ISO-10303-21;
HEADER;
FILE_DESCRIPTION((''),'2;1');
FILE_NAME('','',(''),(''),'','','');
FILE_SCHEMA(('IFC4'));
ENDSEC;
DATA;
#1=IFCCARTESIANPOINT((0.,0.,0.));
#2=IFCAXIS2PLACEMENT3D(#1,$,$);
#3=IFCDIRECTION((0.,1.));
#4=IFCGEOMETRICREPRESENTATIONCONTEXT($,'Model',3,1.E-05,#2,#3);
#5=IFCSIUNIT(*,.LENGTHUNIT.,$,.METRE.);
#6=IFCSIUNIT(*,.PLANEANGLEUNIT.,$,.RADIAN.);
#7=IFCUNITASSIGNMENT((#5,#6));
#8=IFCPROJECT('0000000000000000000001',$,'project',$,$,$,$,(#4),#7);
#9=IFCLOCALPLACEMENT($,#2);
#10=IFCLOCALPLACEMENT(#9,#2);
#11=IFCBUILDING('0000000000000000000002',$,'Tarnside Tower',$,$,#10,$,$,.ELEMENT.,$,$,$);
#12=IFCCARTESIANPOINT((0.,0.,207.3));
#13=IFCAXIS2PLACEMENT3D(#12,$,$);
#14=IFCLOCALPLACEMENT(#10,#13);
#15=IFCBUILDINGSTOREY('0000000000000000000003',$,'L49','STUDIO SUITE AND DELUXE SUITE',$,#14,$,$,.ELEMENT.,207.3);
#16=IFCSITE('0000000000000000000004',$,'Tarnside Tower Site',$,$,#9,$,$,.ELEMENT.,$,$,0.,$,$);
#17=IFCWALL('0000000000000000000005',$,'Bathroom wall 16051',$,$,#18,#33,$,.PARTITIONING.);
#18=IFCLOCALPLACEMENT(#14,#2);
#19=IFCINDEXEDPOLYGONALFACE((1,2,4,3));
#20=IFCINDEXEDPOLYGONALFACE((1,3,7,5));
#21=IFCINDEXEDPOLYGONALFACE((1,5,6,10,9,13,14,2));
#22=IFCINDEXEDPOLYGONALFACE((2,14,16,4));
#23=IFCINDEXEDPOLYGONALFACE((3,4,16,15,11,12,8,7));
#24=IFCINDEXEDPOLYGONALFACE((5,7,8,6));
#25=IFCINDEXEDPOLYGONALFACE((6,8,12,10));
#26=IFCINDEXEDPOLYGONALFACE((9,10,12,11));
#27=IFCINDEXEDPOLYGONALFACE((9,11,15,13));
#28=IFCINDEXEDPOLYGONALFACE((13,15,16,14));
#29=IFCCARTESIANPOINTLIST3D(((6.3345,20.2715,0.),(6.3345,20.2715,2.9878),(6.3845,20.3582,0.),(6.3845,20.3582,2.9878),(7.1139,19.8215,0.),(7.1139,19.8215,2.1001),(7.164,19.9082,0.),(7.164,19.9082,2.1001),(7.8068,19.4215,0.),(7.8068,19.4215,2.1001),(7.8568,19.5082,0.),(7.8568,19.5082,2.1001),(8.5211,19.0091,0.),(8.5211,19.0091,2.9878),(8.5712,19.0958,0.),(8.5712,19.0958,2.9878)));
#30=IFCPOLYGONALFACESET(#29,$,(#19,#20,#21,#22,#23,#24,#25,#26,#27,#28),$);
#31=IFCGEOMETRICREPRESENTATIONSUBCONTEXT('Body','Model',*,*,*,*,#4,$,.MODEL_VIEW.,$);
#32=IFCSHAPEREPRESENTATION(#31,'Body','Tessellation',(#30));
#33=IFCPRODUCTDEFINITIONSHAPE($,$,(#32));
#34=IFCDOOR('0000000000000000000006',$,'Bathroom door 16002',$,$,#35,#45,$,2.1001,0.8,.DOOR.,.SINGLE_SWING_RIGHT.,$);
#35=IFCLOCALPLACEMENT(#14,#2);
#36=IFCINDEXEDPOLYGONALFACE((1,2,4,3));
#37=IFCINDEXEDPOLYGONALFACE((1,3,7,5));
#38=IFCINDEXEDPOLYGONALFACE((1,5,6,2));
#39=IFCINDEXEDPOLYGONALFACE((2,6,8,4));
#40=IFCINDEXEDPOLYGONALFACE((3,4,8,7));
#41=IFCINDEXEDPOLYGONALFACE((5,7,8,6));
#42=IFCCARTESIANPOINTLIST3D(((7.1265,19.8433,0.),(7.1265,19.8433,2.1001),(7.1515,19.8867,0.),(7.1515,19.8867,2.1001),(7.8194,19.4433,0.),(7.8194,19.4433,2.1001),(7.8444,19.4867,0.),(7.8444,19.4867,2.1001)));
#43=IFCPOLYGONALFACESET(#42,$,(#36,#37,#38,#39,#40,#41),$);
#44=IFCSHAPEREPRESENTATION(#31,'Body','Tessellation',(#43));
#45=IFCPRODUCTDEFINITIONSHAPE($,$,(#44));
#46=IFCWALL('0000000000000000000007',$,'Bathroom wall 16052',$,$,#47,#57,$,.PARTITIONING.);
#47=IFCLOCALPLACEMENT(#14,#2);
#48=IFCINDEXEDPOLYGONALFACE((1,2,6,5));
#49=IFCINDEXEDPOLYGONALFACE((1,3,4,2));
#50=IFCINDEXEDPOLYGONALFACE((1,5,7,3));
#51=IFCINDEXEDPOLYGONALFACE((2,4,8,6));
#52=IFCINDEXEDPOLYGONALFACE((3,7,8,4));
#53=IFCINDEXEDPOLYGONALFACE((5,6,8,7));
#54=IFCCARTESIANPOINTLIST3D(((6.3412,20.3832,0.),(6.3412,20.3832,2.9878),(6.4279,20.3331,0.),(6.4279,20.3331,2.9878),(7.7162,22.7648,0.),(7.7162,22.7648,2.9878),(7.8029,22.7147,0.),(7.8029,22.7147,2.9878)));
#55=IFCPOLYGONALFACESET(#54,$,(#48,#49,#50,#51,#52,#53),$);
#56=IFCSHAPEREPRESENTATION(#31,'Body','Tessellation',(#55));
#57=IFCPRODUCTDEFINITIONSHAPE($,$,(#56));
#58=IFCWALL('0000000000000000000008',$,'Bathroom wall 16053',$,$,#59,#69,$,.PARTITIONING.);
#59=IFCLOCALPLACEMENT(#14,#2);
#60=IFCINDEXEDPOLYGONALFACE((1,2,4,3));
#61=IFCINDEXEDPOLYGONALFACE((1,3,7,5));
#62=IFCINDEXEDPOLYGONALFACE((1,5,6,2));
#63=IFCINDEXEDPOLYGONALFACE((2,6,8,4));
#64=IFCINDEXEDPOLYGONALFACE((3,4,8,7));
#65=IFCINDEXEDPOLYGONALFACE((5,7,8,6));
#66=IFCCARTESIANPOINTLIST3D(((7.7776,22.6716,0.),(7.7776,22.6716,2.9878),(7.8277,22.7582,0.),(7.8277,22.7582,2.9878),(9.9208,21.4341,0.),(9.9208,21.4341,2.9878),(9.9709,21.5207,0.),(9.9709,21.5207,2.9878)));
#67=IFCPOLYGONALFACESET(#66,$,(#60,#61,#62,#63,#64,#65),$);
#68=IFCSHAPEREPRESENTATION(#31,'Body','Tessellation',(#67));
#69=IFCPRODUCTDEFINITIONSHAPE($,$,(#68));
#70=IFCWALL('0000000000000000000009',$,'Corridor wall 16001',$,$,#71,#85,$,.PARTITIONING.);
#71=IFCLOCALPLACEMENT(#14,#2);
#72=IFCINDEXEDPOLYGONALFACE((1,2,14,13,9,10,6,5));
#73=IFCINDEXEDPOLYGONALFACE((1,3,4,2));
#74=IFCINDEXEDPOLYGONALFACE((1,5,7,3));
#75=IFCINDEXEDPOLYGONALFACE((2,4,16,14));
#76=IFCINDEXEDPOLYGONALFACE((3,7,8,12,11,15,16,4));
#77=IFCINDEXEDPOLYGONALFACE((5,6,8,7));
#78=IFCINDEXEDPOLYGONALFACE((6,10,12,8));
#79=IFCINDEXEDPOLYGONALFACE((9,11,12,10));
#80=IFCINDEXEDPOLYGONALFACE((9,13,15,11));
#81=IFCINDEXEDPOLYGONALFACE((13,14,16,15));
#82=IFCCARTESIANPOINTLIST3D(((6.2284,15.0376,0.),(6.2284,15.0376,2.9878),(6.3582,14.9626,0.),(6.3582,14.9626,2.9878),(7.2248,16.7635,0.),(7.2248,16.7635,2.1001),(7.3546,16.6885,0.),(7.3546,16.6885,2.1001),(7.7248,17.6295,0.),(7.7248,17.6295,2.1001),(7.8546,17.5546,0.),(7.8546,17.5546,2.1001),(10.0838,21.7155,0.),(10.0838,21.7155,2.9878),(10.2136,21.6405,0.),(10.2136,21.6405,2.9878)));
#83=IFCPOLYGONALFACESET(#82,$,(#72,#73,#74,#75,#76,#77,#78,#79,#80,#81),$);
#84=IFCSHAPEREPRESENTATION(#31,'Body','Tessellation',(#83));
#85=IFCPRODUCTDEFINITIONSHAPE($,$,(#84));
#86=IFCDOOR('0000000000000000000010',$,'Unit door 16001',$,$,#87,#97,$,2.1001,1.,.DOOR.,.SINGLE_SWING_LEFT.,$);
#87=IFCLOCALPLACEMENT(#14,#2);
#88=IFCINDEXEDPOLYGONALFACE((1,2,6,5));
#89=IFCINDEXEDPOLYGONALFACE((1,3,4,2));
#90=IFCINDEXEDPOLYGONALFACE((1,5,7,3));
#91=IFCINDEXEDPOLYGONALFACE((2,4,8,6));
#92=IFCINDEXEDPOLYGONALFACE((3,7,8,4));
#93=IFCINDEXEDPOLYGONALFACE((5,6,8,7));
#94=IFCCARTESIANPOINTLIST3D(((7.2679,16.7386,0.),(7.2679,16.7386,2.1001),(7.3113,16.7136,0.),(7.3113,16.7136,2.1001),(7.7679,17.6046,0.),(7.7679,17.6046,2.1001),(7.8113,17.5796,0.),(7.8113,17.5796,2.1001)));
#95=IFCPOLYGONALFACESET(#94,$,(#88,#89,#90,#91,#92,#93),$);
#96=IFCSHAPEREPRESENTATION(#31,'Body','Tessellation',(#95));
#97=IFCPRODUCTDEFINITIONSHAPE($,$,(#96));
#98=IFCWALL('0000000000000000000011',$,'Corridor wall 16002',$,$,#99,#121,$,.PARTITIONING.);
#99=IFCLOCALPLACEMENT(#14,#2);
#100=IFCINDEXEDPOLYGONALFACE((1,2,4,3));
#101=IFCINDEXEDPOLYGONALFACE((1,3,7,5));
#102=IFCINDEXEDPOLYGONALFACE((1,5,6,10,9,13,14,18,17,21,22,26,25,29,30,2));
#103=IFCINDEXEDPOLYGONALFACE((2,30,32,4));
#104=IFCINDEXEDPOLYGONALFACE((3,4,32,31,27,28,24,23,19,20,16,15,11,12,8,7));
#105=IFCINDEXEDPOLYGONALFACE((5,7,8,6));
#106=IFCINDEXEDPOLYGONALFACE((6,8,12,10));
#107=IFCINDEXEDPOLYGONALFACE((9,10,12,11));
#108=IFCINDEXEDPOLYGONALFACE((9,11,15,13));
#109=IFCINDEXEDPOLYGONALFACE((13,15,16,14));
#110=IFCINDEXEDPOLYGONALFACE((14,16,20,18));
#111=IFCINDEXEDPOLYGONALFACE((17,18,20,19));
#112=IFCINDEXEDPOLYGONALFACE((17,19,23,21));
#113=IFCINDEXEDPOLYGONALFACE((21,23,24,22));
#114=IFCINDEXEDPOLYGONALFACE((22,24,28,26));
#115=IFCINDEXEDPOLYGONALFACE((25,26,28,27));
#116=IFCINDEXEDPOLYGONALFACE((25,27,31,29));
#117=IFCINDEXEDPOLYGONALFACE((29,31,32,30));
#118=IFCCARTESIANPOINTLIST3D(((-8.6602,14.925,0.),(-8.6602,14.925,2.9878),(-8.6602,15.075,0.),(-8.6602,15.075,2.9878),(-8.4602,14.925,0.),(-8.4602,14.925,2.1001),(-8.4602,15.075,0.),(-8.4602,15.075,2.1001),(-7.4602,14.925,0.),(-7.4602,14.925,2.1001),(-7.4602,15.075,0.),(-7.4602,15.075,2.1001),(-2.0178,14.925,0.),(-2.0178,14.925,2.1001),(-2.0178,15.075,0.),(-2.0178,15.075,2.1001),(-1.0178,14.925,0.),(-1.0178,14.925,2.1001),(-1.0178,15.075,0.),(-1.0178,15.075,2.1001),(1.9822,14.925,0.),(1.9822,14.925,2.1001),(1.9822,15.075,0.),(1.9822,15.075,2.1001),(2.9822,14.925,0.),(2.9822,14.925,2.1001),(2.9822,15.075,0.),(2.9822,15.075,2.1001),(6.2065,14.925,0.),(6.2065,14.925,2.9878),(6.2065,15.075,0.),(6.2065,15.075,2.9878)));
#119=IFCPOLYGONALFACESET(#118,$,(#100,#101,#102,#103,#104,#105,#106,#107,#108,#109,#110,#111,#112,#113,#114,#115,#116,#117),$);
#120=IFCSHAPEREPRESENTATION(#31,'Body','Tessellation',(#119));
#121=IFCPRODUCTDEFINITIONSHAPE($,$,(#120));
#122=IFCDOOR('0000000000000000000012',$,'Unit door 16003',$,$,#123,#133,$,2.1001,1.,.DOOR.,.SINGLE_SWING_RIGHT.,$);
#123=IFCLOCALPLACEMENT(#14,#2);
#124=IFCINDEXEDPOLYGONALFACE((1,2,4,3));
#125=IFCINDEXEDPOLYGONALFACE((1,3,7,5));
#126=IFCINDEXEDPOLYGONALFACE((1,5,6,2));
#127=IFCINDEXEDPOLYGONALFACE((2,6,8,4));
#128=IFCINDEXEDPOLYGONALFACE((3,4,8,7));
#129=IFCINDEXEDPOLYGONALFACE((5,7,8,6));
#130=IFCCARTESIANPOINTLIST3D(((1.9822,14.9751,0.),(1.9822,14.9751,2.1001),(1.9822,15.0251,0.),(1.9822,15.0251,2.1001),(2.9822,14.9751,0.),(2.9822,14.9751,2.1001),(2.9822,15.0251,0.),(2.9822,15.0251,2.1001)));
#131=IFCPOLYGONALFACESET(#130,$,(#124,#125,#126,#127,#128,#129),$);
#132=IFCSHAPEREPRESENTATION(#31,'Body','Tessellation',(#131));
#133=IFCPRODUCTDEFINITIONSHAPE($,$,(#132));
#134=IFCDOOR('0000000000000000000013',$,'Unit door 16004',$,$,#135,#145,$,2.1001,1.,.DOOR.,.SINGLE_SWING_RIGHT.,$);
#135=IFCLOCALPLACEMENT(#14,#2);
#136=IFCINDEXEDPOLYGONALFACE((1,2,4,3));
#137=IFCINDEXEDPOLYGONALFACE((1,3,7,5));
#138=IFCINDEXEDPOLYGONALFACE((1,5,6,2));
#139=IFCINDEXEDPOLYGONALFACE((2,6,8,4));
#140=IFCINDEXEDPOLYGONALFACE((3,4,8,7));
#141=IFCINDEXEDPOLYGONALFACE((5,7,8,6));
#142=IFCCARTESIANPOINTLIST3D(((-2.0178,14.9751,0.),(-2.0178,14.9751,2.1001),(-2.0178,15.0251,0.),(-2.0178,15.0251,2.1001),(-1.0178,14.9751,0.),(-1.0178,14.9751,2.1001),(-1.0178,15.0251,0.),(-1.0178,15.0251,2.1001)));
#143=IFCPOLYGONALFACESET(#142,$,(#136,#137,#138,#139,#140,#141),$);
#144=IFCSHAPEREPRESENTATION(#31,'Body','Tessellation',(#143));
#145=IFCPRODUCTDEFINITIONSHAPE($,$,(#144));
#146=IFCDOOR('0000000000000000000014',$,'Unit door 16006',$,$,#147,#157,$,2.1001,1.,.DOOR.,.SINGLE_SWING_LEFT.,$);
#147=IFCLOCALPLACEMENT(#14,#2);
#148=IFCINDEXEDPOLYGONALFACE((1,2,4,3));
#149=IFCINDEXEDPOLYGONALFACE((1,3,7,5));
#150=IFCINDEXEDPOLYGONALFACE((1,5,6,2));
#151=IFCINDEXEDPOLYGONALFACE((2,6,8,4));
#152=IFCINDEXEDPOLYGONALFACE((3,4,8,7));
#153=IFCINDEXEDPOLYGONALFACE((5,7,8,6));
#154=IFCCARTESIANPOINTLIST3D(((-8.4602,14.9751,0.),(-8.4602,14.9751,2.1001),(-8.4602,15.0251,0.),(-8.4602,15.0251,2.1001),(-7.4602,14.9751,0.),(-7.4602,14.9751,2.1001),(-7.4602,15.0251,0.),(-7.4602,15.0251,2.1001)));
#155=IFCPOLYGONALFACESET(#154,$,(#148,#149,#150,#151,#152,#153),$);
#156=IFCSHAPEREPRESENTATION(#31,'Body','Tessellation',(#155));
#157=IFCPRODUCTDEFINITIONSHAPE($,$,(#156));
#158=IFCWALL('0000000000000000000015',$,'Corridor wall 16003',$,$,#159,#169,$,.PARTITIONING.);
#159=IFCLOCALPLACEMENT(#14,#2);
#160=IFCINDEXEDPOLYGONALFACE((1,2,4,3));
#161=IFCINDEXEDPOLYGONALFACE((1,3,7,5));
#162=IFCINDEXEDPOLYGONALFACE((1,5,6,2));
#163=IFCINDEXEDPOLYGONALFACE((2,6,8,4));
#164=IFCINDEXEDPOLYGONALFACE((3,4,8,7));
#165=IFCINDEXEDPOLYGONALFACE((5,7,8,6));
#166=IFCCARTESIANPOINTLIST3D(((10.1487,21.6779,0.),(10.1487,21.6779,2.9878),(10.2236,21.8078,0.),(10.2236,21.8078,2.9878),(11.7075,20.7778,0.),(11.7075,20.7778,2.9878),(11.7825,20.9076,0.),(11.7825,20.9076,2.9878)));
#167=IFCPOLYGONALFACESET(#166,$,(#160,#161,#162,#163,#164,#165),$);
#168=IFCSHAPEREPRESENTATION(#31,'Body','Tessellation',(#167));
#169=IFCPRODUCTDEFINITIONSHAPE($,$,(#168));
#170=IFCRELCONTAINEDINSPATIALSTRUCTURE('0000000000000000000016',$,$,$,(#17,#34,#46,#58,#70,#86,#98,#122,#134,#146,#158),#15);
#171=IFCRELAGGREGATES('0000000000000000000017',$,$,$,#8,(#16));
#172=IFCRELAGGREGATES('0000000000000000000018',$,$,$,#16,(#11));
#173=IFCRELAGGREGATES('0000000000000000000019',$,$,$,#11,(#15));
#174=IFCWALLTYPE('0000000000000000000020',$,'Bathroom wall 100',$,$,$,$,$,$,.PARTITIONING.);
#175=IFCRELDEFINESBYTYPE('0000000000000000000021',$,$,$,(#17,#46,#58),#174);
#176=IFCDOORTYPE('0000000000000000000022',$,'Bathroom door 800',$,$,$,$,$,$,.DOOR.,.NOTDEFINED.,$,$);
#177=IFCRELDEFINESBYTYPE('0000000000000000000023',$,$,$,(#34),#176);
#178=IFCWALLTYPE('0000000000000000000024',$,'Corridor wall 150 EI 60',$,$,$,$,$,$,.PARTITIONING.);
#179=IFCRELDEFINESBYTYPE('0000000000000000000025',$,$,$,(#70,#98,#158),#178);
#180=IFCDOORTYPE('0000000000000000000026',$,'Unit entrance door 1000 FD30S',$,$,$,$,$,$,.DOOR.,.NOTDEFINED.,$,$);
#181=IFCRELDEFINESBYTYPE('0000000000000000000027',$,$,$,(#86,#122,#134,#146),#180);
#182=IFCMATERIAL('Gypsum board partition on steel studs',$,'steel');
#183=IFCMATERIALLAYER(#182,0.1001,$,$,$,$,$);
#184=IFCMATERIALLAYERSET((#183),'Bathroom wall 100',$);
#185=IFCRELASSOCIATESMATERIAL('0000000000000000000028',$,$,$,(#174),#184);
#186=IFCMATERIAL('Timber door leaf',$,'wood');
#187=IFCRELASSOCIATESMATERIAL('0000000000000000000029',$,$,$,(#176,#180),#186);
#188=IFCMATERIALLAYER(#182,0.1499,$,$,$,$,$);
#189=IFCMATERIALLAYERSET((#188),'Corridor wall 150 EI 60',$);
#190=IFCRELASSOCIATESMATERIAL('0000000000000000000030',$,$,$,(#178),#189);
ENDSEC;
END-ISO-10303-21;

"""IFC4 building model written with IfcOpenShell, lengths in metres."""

from ifc_helpers import new_model, si_unit, direction, frame, frame_2d, origin, place, context, subcontext, project, spatial, rectangle, extrude, material, layer, layer_set, type_object, element, fill, save


model = new_model("IFC4")

# Units and contexts
model_context = context("Model", 3, precision=1e-05, world=origin(), true_north=direction((0.0, 1.0)))
body_context = subcontext(model_context, "Body", "Model", "MODEL_VIEW")
ifc_project = project(units=[si_unit("LENGTHUNIT", "METRE"), si_unit("PLANEANGLEUNIT", "RADIAN")], contexts=[model_context])

# Site, building, storey
site_placement = place(None, origin())
site = spatial("IfcSite", under=ifc_project, at=site_placement, Name="Tarnside Tower Site", CompositionType="ELEMENT", RefElevation=0.0)
building_placement = place(site_placement, origin())
building = spatial("IfcBuilding", under=site, at=building_placement, Name="Tarnside Tower", CompositionType="ELEMENT")
storey_placement = place(building_placement, frame((0.0, 0.0, 207.3)))
storey = spatial("IfcBuildingStorey", under=building, at=storey_placement, Name="L49", Description="STUDIO SUITE AND DELUXE SUITE", CompositionType="ELEMENT", Elevation=207.3)

# Wall, opening, door
ifc_material_1 = material(Name="Gypsum board partition on steel studs", Category="steel")
ifc_layer_1 = layer(ifc_material_1, 0.1001)
ifc_layer_set_1 = layer_set([ifc_layer_1], Name="Bathroom wall 100")
wall_type_1 = type_object("IfcWallType", Name="Bathroom wall 100", PredefinedType="PARTITIONING", material=ifc_layer_set_1)
wall_1_placement = place(storey_placement, frame((8.5461, 19.0525, 0.0), z_axis=(0.0, 0.0, 1.0), x_axis=(-0.866039, 0.499976, 0.0)))
wall_1 = element("IfcWall", 1, at=wall_1_placement, inside=storey, type_object=wall_type_1, Name="Bathroom wall 16051", PredefinedType="PARTITIONING", context=body_context, shape_type="SweptSolid", body=[
    extrude(rectangle(XDim=2.5249, YDim=0.1001, at=frame_2d((1.2625, 0.0))), origin(), (0.0, 0.0, 1.0), 2.9878),
])
opening_1_placement = place(wall_1_placement, frame((0.825, 0.0, 0.0)))
opening_1 = element("IfcOpeningElement", 2, at=opening_1_placement, cuts=wall_1, PredefinedType="OPENING", context=body_context, shape_type="SweptSolid", body=[
    extrude(rectangle(XDim=0.8, YDim=2.1001, at=frame_2d((0.3999, 1.05))), frame((0.0, 0.0601, 0.0), z_axis=(0.0, -1.0, 0.0), x_axis=(1.0, 0.0, 0.0)), (0.0, 0.0, 1.0), 0.1201),
])
ifc_material_2 = material(Name="Timber door leaf", Category="wood")
door_type_1 = type_object("IfcDoorType", Name="Bathroom door 800", OperationType="NOTDEFINED", PredefinedType="DOOR", material=ifc_material_2)
door_1_placement = place(opening_1_placement, origin())
door_1 = element("IfcDoor", 3, at=door_1_placement, inside=storey, type_object=door_type_1, Name="Bathroom door 16002", OperationType="SINGLE_SWING_RIGHT", OverallHeight=2.1001, OverallWidth=0.8, PredefinedType="DOOR", context=body_context, shape_type="SweptSolid", body=[
    extrude(rectangle(XDim=0.8, YDim=2.1001, at=frame_2d((0.3999, 1.05))), frame((0.0, 0.0249, 0.0), z_axis=(0.0, -1.0, 0.0), x_axis=(1.0, 0.0, 0.0)), (0.0, 0.0, 1.0), 0.05),
])
fill(opening_1, door_1)

# Walls
wall_2_placement = place(storey_placement, frame((6.3845, 20.3582, 0.0), z_axis=(0.0, 0.0, 1.0), x_axis=(0.499997, 0.866027, 0.0)))
element("IfcWall", 4, at=wall_2_placement, inside=storey, type_object=wall_type_1, Name="Bathroom wall 16052", PredefinedType="PARTITIONING", context=body_context, shape_type="SweptSolid", body=[
    extrude(rectangle(XDim=2.75, YDim=0.1001, at=frame_2d((1.375, 0.0))), origin(), (0.0, 0.0, 1.0), 2.9878),
])
wall_3_placement = place(storey_placement, frame((7.8027, 22.7148, 0.0), z_axis=(0.0, 0.0, 1.0), x_axis=(0.866007, -0.500033, 0.0)))
element("IfcWall", 5, at=wall_3_placement, inside=storey, type_object=wall_type_1, Name="Bathroom wall 16053", PredefinedType="PARTITIONING", context=body_context, shape_type="SweptSolid", body=[
    extrude(rectangle(XDim=2.4749, YDim=0.1001, at=frame_2d((1.2373, 0.0))), origin(), (0.0, 0.0, 1.0), 2.9878),
])

# Wall, opening, door
ifc_layer_2 = layer(ifc_material_1, 0.1499)
ifc_layer_set_2 = layer_set([ifc_layer_2], Name="Corridor wall 150 EI 60")
wall_type_2 = type_object("IfcWallType", Name="Corridor wall 150 EI 60", PredefinedType="PARTITIONING", material=ifc_layer_set_2)
wall_4_placement = place(storey_placement, frame((10.1487, 21.678, 0.0), z_axis=(0.0, 0.0, 1.0), x_axis=(-0.499994, -0.866029, 0.0)))
wall_4 = element("IfcWall", 6, at=wall_4_placement, inside=storey, type_object=wall_type_2, Name="Corridor wall 16001", PredefinedType="PARTITIONING", context=body_context, shape_type="SweptSolid", body=[
    extrude(rectangle(XDim=7.7109, YDim=0.1499, at=frame_2d((3.8555, 0.0))), origin(), (0.0, 0.0, 1.0), 2.9878),
])
opening_2_placement = place(wall_4_placement, frame((4.718, 0.0, 0.0)))
opening_2 = element("IfcOpeningElement", 7, at=opening_2_placement, cuts=wall_4, PredefinedType="OPENING", context=body_context, shape_type="SweptSolid", body=[
    extrude(rectangle(XDim=1.0, YDim=2.1001, at=frame_2d((0.5, 1.05))), frame((0.0, 0.085, 0.0), z_axis=(0.0, -1.0, 0.0), x_axis=(1.0, 0.0, 0.0)), (0.0, 0.0, 1.0), 0.1699),
])
door_type_2 = type_object("IfcDoorType", Name="Unit entrance door 1000 FD30S", OperationType="NOTDEFINED", PredefinedType="DOOR", material=ifc_material_2)
door_2_placement = place(opening_2_placement, origin())
door_2 = element("IfcDoor", 8, at=door_2_placement, inside=storey, type_object=door_type_2, Name="Unit door 16001", OperationType="SINGLE_SWING_LEFT", OverallHeight=2.1001, OverallWidth=1.0, PredefinedType="DOOR", context=body_context, shape_type="SweptSolid", body=[
    extrude(rectangle(XDim=1.0, YDim=2.1001, at=frame_2d((0.5, 1.05))), frame((0.0, 0.0249, 0.0), z_axis=(0.0, -1.0, 0.0), x_axis=(1.0, 0.0, 0.0)), (0.0, 0.0, 1.0), 0.05),
])
fill(opening_2, door_2)

# Wall, openings, doors
wall_5_placement = place(storey_placement, frame((6.2065, 15.0, 0.0), z_axis=(0.0, 0.0, 1.0), x_axis=(-1.0, 0.0, 0.0)))
wall_5 = element("IfcWall", 9, at=wall_5_placement, inside=storey, type_object=wall_type_2, Name="Corridor wall 16002", PredefinedType="PARTITIONING", context=body_context, shape_type="SweptSolid", body=[
    extrude(rectangle(XDim=14.8667, YDim=0.1499, at=frame_2d((7.4333, 0.0))), origin(), (0.0, 0.0, 1.0), 2.9878),
])
opening_3_placement = place(wall_5_placement, frame((3.2244, 0.0, 0.0)))
opening_3 = element("IfcOpeningElement", 10, at=opening_3_placement, cuts=wall_5, PredefinedType="OPENING", context=body_context, shape_type="SweptSolid", body=[
    extrude(rectangle(XDim=1.0, YDim=2.1001, at=frame_2d((0.5, 1.05))), frame((0.0, 0.085, 0.0), z_axis=(0.0, -1.0, 0.0), x_axis=(1.0, 0.0, 0.0)), (0.0, 0.0, 1.0), 0.1699),
])
opening_4_placement = place(wall_5_placement, frame((7.2244, 0.0, 0.0)))
opening_4 = element("IfcOpeningElement", 11, at=opening_4_placement, cuts=wall_5, PredefinedType="OPENING", context=body_context, shape_type="SweptSolid", body=[
    extrude(rectangle(XDim=1.0, YDim=2.1001, at=frame_2d((0.5, 1.05))), frame((0.0, 0.085, 0.0), z_axis=(0.0, -1.0, 0.0), x_axis=(1.0, 0.0, 0.0)), (0.0, 0.0, 1.0), 0.1699),
])
opening_5_placement = place(wall_5_placement, frame((13.6667, 0.0, 0.0)))
opening_5 = element("IfcOpeningElement", 12, at=opening_5_placement, cuts=wall_5, PredefinedType="OPENING", context=body_context, shape_type="SweptSolid", body=[
    extrude(rectangle(XDim=1.0, YDim=2.1001, at=frame_2d((0.5, 1.05))), frame((0.0, 0.085, 0.0), z_axis=(0.0, -1.0, 0.0), x_axis=(1.0, 0.0, 0.0)), (0.0, 0.0, 1.0), 0.1699),
])
door_3_placement = place(opening_3_placement, origin())
door_3 = element("IfcDoor", 13, at=door_3_placement, inside=storey, type_object=door_type_2, Name="Unit door 16003", OperationType="SINGLE_SWING_RIGHT", OverallHeight=2.1001, OverallWidth=1.0, PredefinedType="DOOR", context=body_context, shape_type="SweptSolid", body=[
    extrude(rectangle(XDim=1.0, YDim=2.1001, at=frame_2d((0.5, 1.05))), frame((0.0, 0.0249, 0.0), z_axis=(0.0, -1.0, 0.0), x_axis=(1.0, 0.0, 0.0)), (0.0, 0.0, 1.0), 0.05),
])
fill(opening_3, door_3)
door_4_placement = place(opening_4_placement, origin())
door_4 = element("IfcDoor", 14, at=door_4_placement, inside=storey, type_object=door_type_2, Name="Unit door 16004", OperationType="SINGLE_SWING_RIGHT", OverallHeight=2.1001, OverallWidth=1.0, PredefinedType="DOOR", context=body_context, shape_type="SweptSolid", body=[
    extrude(rectangle(XDim=1.0, YDim=2.1001, at=frame_2d((0.5, 1.05))), frame((0.0, 0.0249, 0.0), z_axis=(0.0, -1.0, 0.0), x_axis=(1.0, 0.0, 0.0)), (0.0, 0.0, 1.0), 0.05),
])
fill(opening_4, door_4)
door_5_placement = place(opening_5_placement, origin())
door_5 = element("IfcDoor", 15, at=door_5_placement, inside=storey, type_object=door_type_2, Name="Unit door 16006", OperationType="SINGLE_SWING_LEFT", OverallHeight=2.1001, OverallWidth=1.0, PredefinedType="DOOR", context=body_context, shape_type="SweptSolid", body=[
    extrude(rectangle(XDim=1.0, YDim=2.1001, at=frame_2d((0.5, 1.05))), frame((0.0, 0.0249, 0.0), z_axis=(0.0, -1.0, 0.0), x_axis=(1.0, 0.0, 0.0)), (0.0, 0.0, 1.0), 0.05),
])
fill(opening_5, door_5)

# Wall
wall_6_placement = place(storey_placement, frame((11.7449, 20.8428, 0.0), z_axis=(0.0, 0.0, 1.0), x_axis=(-0.865989, 0.500063, 0.0)))
element("IfcWall", 16, at=wall_6_placement, inside=storey, type_object=wall_type_2, Name="Corridor wall 16003", PredefinedType="PARTITIONING", context=body_context, shape_type="SweptSolid", body=[
    extrude(rectangle(XDim=1.8, YDim=0.1499, at=frame_2d((0.8999, 0.0))), origin(), (0.0, 0.0, 1.0), 2.9878),
])

save(model, "model.ifc")
